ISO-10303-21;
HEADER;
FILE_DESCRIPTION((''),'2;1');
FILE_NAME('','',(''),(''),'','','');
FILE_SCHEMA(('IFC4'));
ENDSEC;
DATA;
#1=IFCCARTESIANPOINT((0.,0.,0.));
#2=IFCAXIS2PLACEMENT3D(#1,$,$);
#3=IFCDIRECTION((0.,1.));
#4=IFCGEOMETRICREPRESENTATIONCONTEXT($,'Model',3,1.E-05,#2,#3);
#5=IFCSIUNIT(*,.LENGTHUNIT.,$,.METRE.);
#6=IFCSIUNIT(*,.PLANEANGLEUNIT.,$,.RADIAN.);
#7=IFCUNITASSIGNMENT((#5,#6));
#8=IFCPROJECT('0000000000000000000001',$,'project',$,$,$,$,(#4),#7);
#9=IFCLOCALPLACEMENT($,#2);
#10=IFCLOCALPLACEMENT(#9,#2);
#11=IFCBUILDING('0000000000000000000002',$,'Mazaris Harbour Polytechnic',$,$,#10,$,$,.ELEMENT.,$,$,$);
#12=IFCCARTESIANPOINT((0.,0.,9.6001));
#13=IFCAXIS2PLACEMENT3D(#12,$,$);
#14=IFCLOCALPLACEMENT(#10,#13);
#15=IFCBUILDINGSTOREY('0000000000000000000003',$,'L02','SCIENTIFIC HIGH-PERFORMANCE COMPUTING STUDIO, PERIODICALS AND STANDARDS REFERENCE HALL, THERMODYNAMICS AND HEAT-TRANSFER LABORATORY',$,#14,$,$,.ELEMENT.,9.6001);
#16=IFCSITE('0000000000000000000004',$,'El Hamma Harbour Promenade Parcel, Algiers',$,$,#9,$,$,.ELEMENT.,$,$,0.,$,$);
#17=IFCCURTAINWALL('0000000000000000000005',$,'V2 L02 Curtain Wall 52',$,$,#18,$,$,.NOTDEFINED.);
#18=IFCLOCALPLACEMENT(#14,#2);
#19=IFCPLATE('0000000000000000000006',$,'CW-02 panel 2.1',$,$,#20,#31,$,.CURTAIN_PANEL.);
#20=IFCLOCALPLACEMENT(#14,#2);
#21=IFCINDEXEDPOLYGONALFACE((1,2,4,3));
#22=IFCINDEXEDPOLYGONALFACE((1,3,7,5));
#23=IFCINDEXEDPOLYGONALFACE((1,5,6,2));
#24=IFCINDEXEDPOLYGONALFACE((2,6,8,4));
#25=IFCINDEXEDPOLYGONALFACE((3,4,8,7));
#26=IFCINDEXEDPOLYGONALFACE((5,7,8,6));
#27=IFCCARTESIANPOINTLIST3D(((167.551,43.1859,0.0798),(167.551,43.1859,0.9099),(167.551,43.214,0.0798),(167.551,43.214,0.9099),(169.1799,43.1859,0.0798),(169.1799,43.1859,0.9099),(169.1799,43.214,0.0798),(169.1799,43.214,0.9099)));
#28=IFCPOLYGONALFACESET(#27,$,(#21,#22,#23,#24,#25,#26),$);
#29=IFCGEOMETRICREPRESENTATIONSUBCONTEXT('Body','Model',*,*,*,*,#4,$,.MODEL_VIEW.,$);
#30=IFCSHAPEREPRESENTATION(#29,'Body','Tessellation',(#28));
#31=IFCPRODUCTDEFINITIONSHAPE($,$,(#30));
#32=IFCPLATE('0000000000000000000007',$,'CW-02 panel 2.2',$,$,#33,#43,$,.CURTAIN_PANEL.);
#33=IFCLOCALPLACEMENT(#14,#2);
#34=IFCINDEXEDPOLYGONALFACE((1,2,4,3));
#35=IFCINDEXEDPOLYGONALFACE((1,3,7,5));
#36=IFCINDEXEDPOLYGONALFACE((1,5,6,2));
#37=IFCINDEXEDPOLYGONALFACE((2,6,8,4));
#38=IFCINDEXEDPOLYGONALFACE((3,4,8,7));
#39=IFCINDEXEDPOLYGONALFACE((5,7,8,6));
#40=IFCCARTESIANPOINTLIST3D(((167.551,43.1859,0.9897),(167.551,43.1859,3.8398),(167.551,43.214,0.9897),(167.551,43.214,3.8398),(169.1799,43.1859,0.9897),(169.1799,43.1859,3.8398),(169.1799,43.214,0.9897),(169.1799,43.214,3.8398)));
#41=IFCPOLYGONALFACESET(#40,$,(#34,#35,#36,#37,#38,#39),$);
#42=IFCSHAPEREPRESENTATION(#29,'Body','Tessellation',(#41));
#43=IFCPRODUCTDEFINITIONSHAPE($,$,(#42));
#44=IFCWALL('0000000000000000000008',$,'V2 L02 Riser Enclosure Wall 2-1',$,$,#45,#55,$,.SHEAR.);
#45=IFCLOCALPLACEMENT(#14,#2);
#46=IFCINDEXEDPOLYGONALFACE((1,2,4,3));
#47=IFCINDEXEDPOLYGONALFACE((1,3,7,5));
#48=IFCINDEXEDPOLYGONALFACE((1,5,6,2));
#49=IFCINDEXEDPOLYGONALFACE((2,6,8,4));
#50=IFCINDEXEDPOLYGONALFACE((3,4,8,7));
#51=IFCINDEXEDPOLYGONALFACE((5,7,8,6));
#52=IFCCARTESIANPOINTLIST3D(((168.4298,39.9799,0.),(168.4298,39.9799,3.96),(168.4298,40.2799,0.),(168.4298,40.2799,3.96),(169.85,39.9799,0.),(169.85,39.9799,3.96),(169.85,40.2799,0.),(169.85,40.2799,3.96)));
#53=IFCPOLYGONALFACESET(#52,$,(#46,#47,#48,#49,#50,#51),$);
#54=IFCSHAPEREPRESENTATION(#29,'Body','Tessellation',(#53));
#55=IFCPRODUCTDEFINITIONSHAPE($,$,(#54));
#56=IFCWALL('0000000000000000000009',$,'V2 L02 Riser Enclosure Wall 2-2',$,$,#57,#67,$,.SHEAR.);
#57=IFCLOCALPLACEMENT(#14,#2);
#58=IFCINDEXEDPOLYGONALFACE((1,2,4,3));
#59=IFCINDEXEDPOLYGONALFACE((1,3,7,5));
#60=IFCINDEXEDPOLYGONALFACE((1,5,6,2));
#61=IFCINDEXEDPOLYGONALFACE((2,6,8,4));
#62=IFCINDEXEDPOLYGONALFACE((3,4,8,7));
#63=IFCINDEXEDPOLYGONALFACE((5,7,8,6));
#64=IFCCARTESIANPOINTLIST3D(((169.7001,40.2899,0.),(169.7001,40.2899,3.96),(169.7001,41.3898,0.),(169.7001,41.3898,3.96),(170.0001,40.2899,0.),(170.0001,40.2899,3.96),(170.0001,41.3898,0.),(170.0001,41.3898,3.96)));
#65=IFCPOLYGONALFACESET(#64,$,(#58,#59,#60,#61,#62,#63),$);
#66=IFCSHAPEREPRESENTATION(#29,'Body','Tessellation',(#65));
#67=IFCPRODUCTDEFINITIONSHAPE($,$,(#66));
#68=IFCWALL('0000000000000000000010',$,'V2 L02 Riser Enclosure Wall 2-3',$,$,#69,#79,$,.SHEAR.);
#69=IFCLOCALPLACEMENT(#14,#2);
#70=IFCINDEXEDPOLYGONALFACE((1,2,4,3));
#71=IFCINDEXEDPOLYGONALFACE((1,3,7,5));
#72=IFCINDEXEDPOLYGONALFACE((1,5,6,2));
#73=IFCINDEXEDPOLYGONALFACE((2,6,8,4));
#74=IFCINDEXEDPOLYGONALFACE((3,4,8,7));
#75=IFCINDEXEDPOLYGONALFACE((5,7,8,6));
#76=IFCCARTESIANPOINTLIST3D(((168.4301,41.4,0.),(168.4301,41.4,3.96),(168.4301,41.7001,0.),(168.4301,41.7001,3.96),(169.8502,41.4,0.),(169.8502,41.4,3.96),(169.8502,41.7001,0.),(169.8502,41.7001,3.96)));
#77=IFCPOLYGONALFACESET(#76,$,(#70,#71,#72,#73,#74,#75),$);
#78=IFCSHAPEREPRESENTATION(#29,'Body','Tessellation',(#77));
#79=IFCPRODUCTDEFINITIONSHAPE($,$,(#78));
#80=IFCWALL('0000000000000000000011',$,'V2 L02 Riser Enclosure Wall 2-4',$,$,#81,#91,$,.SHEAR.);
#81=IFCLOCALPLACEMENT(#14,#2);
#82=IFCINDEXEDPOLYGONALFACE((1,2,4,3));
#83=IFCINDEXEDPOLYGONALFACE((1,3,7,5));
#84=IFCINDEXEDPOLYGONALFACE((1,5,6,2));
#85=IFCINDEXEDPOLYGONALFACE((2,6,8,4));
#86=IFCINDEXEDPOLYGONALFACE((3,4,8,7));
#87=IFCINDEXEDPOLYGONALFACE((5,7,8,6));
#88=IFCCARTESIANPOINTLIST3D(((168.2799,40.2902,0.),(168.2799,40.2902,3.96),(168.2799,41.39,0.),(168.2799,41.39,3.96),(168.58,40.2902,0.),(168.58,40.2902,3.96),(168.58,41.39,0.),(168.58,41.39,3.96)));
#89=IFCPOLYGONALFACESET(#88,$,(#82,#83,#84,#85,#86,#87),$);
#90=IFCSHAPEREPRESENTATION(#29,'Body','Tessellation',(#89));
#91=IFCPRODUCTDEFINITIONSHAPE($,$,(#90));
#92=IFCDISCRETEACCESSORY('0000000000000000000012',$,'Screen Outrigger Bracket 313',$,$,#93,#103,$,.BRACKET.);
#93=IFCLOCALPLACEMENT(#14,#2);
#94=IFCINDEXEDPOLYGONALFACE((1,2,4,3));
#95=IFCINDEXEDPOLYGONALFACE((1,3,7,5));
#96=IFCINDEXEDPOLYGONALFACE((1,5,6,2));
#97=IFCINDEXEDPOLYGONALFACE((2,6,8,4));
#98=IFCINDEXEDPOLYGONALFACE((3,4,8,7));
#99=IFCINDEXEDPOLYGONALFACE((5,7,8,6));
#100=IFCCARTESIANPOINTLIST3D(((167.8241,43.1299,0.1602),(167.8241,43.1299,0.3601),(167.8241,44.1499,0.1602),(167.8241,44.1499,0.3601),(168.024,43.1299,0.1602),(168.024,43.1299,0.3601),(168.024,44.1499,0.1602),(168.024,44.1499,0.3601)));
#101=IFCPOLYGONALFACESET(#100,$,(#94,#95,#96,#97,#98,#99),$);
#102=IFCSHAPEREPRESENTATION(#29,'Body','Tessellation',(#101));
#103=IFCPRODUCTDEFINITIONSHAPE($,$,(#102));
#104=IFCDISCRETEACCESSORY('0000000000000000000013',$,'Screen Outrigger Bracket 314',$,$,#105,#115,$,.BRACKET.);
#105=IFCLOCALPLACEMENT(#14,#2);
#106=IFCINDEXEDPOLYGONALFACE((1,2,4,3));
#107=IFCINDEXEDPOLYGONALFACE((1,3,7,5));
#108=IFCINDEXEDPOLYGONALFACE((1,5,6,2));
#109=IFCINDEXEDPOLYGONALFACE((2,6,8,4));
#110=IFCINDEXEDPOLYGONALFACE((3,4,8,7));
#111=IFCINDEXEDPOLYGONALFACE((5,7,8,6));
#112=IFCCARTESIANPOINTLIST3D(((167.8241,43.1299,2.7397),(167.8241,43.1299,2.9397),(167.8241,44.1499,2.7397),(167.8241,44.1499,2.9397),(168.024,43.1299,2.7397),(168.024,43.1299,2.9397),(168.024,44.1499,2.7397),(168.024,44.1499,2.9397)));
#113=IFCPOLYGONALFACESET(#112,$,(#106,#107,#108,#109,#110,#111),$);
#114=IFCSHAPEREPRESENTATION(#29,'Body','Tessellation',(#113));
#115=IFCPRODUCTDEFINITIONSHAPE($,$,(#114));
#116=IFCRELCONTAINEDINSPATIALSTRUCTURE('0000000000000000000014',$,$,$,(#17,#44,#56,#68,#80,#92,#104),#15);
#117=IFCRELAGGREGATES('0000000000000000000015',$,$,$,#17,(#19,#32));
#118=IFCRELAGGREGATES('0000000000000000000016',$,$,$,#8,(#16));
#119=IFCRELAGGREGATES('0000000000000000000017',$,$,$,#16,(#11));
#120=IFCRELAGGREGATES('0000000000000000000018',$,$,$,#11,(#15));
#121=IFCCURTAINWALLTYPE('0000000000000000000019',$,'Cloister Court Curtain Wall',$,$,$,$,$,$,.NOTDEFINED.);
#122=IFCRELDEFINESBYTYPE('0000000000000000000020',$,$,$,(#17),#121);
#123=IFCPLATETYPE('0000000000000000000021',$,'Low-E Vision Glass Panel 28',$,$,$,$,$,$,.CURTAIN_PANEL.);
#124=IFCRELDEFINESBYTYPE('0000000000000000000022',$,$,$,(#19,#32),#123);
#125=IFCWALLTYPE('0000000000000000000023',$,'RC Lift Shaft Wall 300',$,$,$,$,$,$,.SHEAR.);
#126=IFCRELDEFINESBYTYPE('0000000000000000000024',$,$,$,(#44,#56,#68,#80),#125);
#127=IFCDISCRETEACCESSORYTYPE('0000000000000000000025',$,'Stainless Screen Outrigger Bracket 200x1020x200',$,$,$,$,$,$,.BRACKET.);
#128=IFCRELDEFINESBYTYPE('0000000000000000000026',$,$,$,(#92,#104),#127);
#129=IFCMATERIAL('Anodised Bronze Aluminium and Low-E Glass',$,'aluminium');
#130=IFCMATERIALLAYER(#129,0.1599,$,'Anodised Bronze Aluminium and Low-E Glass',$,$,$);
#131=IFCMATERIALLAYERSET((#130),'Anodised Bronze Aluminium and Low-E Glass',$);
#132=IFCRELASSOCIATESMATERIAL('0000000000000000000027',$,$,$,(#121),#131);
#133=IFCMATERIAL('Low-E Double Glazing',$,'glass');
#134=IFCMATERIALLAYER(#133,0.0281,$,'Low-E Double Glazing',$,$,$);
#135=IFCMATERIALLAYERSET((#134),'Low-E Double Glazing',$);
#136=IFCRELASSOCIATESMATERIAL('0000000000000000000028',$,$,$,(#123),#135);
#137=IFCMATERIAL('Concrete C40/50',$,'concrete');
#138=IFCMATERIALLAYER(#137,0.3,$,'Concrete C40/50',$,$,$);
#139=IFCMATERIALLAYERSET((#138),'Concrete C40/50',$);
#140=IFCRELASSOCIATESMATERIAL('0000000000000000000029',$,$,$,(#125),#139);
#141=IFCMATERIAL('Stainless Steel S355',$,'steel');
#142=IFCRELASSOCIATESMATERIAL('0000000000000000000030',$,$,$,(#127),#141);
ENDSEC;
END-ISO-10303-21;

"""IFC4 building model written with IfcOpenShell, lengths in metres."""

from ifc_helpers import new_model, si_unit, direction, frame, frame_2d, origin, origin_2d, place, context, subcontext, project, spatial, rectangle, extrude, material, layer, layer_set, type_object, element, aggregate, save


model = new_model("IFC4")

# Units and contexts
model_context = context("Model", 3, precision=1e-05, world=origin(), true_north=direction((0.0, 1.0)))
body_context = subcontext(model_context, "Body", "Model", "MODEL_VIEW")
ifc_project = project(units=[si_unit("LENGTHUNIT", "METRE"), si_unit("PLANEANGLEUNIT", "RADIAN")], contexts=[model_context])

# Site, building, storey
site_placement = place(None, origin())
site = spatial("IfcSite", under=ifc_project, at=site_placement, Name="El Hamma Harbour Promenade Parcel, Algiers", CompositionType="ELEMENT", RefElevation=0.0)
building_placement = place(site_placement, origin())
building = spatial("IfcBuilding", under=site, at=building_placement, Name="Mazaris Harbour Polytechnic", CompositionType="ELEMENT")
storey_placement = place(building_placement, frame((0.0, 0.0, 9.6001)))
storey = spatial("IfcBuildingStorey", under=building, at=storey_placement, Name="L02", Description="SCIENTIFIC HIGH-PERFORMANCE COMPUTING STUDIO, PERIODICALS AND STANDARDS REFERENCE HALL, THERMODYNAMICS AND HEAT-TRANSFER LABORATORY", CompositionType="ELEMENT", Elevation=9.6001)

# Curtain wall, plates
ifc_material_1 = material(Name="Anodised Bronze Aluminium and Low-E Glass", Category="aluminium")
ifc_layer_1 = layer(ifc_material_1, 0.1599, Name="Anodised Bronze Aluminium and Low-E Glass")
ifc_layer_set_1 = layer_set([ifc_layer_1], Name="Anodised Bronze Aluminium and Low-E Glass")
curtain_wall_type = type_object("IfcCurtainWallType", Name="Cloister Court Curtain Wall", PredefinedType="NOTDEFINED", material=ifc_layer_set_1)
curtain_wall_placement = place(storey_placement, origin())
curtain_wall = element("IfcCurtainWall", 1, at=curtain_wall_placement, inside=storey, type_object=curtain_wall_type, Name="V2 L02 Curtain Wall 52", PredefinedType="NOTDEFINED")
ifc_material_2 = material(Name="Low-E Double Glazing", Category="glass")
ifc_layer_2 = layer(ifc_material_2, 0.0281, Name="Low-E Double Glazing")
ifc_layer_set_2 = layer_set([ifc_layer_2], Name="Low-E Double Glazing")
plate_type = type_object("IfcPlateType", Name="Low-E Vision Glass Panel 28", PredefinedType="CURTAIN_PANEL", material=ifc_layer_set_2)
plate_1_placement = place(storey_placement, frame((168.3655, 43.2, 0.0798), z_axis=(0.0, 0.0, 1.0), x_axis=(1.0, 0.0, 0.0)))
plate_1 = element("IfcPlate", 2, at=plate_1_placement, type_object=plate_type, Name="CW-02 panel 2.1", PredefinedType="CURTAIN_PANEL", context=body_context, shape_type="SweptSolid", body=[
    extrude(rectangle(XDim=1.6289, YDim=0.0281, at=origin_2d()), origin(), (0.0, 0.0, 1.0), 0.8301),
])
plate_2_placement = place(storey_placement, frame((168.3655, 43.2, 0.9897), z_axis=(0.0, 0.0, 1.0), x_axis=(1.0, 0.0, 0.0)))
plate_2 = element("IfcPlate", 3, at=plate_2_placement, type_object=plate_type, Name="CW-02 panel 2.2", PredefinedType="CURTAIN_PANEL", context=body_context, shape_type="SweptSolid", body=[
    extrude(rectangle(XDim=1.6289, YDim=0.0281, at=origin_2d()), origin(), (0.0, 0.0, 1.0), 2.8501),
])
aggregate(curtain_wall, [plate_1, plate_2])

# Walls
ifc_material_3 = material(Name="Concrete C40/50", Category="concrete")
ifc_layer_3 = layer(ifc_material_3, 0.3, Name="Concrete C40/50")
ifc_layer_set_3 = layer_set([ifc_layer_3], Name="Concrete C40/50")
wall_type = type_object("IfcWallType", Name="RC Lift Shaft Wall 300", PredefinedType="SHEAR", material=ifc_layer_set_3)
wall_1_placement = place(storey_placement, frame((168.4299, 40.1299, 0.0), z_axis=(0.0, 0.0, 1.0), x_axis=(1.0, 0.0, 0.0)))
element("IfcWall", 4, at=wall_1_placement, inside=storey, type_object=wall_type, Name="V2 L02 Riser Enclosure Wall 2-1", PredefinedType="SHEAR", context=body_context, shape_type="SweptSolid", body=[
    extrude(rectangle(XDim=1.4202, YDim=0.3, at=frame_2d((0.71, 0.0))), origin(), (0.0, 0.0, 1.0), 3.96),
])
wall_2_placement = place(storey_placement, frame((169.8501, 40.29, 0.0), z_axis=(0.0, 0.0, 1.0), x_axis=(0.0, 1.0, 0.0)))
element("IfcWall", 5, at=wall_2_placement, inside=storey, type_object=wall_type, Name="V2 L02 Riser Enclosure Wall 2-2", PredefinedType="SHEAR", context=body_context, shape_type="SweptSolid", body=[
    extrude(rectangle(XDim=1.0999, YDim=0.3, at=frame_2d((0.5498, 0.0))), origin(), (0.0, 0.0, 1.0), 3.96),
])
wall_3_placement = place(storey_placement, frame((169.8501, 41.55, 0.0), z_axis=(0.0, 0.0, 1.0), x_axis=(-1.0, 0.0, 0.0)))
element("IfcWall", 6, at=wall_3_placement, inside=storey, type_object=wall_type, Name="V2 L02 Riser Enclosure Wall 2-3", PredefinedType="SHEAR", context=body_context, shape_type="SweptSolid", body=[
    extrude(rectangle(XDim=1.4202, YDim=0.3, at=frame_2d((0.71, 0.0))), origin(), (0.0, 0.0, 1.0), 3.96),
])
wall_4_placement = place(storey_placement, frame((168.4299, 41.3899, 0.0), z_axis=(0.0, 0.0, 1.0), x_axis=(0.0, -1.0, 0.0)))
element("IfcWall", 7, at=wall_4_placement, inside=storey, type_object=wall_type, Name="V2 L02 Riser Enclosure Wall 2-4", PredefinedType="SHEAR", context=body_context, shape_type="SweptSolid", body=[
    extrude(rectangle(XDim=1.0999, YDim=0.3, at=frame_2d((0.5498, 0.0))), origin(), (0.0, 0.0, 1.0), 3.96),
])

# Discrete accessories
ifc_material_4 = material(Name="Stainless Steel S355", Category="steel")
discrete_accessory_type = type_object("IfcDiscreteAccessoryType", Name="Stainless Screen Outrigger Bracket 200x1020x200", PredefinedType="BRACKET", material=ifc_material_4)
for number, where, z_axis, x_axis, name in (
    (8, (167.9241, 43.6399, 0.1602), (0.0, 0.0, 1.0), (1.0, 0.0, 0.0), "Screen Outrigger Bracket 313"),
    (9, (167.9241, 43.6399, 2.7397), (0.0, 0.0, 1.0), (1.0, 0.0, 0.0), "Screen Outrigger Bracket 314"),
):
    element("IfcDiscreteAccessory", number, at=place(storey_placement, frame(where, z_axis=z_axis, x_axis=x_axis)), inside=storey, type_object=discrete_accessory_type, Name=name, PredefinedType="BRACKET", context=body_context, shape_type="SweptSolid", body=[
        extrude(rectangle(XDim=0.2, YDim=1.02, at=origin_2d()), origin(), (0.0, 0.0, 1.0), 0.2),
    ])

save(model, "model.ifc")
